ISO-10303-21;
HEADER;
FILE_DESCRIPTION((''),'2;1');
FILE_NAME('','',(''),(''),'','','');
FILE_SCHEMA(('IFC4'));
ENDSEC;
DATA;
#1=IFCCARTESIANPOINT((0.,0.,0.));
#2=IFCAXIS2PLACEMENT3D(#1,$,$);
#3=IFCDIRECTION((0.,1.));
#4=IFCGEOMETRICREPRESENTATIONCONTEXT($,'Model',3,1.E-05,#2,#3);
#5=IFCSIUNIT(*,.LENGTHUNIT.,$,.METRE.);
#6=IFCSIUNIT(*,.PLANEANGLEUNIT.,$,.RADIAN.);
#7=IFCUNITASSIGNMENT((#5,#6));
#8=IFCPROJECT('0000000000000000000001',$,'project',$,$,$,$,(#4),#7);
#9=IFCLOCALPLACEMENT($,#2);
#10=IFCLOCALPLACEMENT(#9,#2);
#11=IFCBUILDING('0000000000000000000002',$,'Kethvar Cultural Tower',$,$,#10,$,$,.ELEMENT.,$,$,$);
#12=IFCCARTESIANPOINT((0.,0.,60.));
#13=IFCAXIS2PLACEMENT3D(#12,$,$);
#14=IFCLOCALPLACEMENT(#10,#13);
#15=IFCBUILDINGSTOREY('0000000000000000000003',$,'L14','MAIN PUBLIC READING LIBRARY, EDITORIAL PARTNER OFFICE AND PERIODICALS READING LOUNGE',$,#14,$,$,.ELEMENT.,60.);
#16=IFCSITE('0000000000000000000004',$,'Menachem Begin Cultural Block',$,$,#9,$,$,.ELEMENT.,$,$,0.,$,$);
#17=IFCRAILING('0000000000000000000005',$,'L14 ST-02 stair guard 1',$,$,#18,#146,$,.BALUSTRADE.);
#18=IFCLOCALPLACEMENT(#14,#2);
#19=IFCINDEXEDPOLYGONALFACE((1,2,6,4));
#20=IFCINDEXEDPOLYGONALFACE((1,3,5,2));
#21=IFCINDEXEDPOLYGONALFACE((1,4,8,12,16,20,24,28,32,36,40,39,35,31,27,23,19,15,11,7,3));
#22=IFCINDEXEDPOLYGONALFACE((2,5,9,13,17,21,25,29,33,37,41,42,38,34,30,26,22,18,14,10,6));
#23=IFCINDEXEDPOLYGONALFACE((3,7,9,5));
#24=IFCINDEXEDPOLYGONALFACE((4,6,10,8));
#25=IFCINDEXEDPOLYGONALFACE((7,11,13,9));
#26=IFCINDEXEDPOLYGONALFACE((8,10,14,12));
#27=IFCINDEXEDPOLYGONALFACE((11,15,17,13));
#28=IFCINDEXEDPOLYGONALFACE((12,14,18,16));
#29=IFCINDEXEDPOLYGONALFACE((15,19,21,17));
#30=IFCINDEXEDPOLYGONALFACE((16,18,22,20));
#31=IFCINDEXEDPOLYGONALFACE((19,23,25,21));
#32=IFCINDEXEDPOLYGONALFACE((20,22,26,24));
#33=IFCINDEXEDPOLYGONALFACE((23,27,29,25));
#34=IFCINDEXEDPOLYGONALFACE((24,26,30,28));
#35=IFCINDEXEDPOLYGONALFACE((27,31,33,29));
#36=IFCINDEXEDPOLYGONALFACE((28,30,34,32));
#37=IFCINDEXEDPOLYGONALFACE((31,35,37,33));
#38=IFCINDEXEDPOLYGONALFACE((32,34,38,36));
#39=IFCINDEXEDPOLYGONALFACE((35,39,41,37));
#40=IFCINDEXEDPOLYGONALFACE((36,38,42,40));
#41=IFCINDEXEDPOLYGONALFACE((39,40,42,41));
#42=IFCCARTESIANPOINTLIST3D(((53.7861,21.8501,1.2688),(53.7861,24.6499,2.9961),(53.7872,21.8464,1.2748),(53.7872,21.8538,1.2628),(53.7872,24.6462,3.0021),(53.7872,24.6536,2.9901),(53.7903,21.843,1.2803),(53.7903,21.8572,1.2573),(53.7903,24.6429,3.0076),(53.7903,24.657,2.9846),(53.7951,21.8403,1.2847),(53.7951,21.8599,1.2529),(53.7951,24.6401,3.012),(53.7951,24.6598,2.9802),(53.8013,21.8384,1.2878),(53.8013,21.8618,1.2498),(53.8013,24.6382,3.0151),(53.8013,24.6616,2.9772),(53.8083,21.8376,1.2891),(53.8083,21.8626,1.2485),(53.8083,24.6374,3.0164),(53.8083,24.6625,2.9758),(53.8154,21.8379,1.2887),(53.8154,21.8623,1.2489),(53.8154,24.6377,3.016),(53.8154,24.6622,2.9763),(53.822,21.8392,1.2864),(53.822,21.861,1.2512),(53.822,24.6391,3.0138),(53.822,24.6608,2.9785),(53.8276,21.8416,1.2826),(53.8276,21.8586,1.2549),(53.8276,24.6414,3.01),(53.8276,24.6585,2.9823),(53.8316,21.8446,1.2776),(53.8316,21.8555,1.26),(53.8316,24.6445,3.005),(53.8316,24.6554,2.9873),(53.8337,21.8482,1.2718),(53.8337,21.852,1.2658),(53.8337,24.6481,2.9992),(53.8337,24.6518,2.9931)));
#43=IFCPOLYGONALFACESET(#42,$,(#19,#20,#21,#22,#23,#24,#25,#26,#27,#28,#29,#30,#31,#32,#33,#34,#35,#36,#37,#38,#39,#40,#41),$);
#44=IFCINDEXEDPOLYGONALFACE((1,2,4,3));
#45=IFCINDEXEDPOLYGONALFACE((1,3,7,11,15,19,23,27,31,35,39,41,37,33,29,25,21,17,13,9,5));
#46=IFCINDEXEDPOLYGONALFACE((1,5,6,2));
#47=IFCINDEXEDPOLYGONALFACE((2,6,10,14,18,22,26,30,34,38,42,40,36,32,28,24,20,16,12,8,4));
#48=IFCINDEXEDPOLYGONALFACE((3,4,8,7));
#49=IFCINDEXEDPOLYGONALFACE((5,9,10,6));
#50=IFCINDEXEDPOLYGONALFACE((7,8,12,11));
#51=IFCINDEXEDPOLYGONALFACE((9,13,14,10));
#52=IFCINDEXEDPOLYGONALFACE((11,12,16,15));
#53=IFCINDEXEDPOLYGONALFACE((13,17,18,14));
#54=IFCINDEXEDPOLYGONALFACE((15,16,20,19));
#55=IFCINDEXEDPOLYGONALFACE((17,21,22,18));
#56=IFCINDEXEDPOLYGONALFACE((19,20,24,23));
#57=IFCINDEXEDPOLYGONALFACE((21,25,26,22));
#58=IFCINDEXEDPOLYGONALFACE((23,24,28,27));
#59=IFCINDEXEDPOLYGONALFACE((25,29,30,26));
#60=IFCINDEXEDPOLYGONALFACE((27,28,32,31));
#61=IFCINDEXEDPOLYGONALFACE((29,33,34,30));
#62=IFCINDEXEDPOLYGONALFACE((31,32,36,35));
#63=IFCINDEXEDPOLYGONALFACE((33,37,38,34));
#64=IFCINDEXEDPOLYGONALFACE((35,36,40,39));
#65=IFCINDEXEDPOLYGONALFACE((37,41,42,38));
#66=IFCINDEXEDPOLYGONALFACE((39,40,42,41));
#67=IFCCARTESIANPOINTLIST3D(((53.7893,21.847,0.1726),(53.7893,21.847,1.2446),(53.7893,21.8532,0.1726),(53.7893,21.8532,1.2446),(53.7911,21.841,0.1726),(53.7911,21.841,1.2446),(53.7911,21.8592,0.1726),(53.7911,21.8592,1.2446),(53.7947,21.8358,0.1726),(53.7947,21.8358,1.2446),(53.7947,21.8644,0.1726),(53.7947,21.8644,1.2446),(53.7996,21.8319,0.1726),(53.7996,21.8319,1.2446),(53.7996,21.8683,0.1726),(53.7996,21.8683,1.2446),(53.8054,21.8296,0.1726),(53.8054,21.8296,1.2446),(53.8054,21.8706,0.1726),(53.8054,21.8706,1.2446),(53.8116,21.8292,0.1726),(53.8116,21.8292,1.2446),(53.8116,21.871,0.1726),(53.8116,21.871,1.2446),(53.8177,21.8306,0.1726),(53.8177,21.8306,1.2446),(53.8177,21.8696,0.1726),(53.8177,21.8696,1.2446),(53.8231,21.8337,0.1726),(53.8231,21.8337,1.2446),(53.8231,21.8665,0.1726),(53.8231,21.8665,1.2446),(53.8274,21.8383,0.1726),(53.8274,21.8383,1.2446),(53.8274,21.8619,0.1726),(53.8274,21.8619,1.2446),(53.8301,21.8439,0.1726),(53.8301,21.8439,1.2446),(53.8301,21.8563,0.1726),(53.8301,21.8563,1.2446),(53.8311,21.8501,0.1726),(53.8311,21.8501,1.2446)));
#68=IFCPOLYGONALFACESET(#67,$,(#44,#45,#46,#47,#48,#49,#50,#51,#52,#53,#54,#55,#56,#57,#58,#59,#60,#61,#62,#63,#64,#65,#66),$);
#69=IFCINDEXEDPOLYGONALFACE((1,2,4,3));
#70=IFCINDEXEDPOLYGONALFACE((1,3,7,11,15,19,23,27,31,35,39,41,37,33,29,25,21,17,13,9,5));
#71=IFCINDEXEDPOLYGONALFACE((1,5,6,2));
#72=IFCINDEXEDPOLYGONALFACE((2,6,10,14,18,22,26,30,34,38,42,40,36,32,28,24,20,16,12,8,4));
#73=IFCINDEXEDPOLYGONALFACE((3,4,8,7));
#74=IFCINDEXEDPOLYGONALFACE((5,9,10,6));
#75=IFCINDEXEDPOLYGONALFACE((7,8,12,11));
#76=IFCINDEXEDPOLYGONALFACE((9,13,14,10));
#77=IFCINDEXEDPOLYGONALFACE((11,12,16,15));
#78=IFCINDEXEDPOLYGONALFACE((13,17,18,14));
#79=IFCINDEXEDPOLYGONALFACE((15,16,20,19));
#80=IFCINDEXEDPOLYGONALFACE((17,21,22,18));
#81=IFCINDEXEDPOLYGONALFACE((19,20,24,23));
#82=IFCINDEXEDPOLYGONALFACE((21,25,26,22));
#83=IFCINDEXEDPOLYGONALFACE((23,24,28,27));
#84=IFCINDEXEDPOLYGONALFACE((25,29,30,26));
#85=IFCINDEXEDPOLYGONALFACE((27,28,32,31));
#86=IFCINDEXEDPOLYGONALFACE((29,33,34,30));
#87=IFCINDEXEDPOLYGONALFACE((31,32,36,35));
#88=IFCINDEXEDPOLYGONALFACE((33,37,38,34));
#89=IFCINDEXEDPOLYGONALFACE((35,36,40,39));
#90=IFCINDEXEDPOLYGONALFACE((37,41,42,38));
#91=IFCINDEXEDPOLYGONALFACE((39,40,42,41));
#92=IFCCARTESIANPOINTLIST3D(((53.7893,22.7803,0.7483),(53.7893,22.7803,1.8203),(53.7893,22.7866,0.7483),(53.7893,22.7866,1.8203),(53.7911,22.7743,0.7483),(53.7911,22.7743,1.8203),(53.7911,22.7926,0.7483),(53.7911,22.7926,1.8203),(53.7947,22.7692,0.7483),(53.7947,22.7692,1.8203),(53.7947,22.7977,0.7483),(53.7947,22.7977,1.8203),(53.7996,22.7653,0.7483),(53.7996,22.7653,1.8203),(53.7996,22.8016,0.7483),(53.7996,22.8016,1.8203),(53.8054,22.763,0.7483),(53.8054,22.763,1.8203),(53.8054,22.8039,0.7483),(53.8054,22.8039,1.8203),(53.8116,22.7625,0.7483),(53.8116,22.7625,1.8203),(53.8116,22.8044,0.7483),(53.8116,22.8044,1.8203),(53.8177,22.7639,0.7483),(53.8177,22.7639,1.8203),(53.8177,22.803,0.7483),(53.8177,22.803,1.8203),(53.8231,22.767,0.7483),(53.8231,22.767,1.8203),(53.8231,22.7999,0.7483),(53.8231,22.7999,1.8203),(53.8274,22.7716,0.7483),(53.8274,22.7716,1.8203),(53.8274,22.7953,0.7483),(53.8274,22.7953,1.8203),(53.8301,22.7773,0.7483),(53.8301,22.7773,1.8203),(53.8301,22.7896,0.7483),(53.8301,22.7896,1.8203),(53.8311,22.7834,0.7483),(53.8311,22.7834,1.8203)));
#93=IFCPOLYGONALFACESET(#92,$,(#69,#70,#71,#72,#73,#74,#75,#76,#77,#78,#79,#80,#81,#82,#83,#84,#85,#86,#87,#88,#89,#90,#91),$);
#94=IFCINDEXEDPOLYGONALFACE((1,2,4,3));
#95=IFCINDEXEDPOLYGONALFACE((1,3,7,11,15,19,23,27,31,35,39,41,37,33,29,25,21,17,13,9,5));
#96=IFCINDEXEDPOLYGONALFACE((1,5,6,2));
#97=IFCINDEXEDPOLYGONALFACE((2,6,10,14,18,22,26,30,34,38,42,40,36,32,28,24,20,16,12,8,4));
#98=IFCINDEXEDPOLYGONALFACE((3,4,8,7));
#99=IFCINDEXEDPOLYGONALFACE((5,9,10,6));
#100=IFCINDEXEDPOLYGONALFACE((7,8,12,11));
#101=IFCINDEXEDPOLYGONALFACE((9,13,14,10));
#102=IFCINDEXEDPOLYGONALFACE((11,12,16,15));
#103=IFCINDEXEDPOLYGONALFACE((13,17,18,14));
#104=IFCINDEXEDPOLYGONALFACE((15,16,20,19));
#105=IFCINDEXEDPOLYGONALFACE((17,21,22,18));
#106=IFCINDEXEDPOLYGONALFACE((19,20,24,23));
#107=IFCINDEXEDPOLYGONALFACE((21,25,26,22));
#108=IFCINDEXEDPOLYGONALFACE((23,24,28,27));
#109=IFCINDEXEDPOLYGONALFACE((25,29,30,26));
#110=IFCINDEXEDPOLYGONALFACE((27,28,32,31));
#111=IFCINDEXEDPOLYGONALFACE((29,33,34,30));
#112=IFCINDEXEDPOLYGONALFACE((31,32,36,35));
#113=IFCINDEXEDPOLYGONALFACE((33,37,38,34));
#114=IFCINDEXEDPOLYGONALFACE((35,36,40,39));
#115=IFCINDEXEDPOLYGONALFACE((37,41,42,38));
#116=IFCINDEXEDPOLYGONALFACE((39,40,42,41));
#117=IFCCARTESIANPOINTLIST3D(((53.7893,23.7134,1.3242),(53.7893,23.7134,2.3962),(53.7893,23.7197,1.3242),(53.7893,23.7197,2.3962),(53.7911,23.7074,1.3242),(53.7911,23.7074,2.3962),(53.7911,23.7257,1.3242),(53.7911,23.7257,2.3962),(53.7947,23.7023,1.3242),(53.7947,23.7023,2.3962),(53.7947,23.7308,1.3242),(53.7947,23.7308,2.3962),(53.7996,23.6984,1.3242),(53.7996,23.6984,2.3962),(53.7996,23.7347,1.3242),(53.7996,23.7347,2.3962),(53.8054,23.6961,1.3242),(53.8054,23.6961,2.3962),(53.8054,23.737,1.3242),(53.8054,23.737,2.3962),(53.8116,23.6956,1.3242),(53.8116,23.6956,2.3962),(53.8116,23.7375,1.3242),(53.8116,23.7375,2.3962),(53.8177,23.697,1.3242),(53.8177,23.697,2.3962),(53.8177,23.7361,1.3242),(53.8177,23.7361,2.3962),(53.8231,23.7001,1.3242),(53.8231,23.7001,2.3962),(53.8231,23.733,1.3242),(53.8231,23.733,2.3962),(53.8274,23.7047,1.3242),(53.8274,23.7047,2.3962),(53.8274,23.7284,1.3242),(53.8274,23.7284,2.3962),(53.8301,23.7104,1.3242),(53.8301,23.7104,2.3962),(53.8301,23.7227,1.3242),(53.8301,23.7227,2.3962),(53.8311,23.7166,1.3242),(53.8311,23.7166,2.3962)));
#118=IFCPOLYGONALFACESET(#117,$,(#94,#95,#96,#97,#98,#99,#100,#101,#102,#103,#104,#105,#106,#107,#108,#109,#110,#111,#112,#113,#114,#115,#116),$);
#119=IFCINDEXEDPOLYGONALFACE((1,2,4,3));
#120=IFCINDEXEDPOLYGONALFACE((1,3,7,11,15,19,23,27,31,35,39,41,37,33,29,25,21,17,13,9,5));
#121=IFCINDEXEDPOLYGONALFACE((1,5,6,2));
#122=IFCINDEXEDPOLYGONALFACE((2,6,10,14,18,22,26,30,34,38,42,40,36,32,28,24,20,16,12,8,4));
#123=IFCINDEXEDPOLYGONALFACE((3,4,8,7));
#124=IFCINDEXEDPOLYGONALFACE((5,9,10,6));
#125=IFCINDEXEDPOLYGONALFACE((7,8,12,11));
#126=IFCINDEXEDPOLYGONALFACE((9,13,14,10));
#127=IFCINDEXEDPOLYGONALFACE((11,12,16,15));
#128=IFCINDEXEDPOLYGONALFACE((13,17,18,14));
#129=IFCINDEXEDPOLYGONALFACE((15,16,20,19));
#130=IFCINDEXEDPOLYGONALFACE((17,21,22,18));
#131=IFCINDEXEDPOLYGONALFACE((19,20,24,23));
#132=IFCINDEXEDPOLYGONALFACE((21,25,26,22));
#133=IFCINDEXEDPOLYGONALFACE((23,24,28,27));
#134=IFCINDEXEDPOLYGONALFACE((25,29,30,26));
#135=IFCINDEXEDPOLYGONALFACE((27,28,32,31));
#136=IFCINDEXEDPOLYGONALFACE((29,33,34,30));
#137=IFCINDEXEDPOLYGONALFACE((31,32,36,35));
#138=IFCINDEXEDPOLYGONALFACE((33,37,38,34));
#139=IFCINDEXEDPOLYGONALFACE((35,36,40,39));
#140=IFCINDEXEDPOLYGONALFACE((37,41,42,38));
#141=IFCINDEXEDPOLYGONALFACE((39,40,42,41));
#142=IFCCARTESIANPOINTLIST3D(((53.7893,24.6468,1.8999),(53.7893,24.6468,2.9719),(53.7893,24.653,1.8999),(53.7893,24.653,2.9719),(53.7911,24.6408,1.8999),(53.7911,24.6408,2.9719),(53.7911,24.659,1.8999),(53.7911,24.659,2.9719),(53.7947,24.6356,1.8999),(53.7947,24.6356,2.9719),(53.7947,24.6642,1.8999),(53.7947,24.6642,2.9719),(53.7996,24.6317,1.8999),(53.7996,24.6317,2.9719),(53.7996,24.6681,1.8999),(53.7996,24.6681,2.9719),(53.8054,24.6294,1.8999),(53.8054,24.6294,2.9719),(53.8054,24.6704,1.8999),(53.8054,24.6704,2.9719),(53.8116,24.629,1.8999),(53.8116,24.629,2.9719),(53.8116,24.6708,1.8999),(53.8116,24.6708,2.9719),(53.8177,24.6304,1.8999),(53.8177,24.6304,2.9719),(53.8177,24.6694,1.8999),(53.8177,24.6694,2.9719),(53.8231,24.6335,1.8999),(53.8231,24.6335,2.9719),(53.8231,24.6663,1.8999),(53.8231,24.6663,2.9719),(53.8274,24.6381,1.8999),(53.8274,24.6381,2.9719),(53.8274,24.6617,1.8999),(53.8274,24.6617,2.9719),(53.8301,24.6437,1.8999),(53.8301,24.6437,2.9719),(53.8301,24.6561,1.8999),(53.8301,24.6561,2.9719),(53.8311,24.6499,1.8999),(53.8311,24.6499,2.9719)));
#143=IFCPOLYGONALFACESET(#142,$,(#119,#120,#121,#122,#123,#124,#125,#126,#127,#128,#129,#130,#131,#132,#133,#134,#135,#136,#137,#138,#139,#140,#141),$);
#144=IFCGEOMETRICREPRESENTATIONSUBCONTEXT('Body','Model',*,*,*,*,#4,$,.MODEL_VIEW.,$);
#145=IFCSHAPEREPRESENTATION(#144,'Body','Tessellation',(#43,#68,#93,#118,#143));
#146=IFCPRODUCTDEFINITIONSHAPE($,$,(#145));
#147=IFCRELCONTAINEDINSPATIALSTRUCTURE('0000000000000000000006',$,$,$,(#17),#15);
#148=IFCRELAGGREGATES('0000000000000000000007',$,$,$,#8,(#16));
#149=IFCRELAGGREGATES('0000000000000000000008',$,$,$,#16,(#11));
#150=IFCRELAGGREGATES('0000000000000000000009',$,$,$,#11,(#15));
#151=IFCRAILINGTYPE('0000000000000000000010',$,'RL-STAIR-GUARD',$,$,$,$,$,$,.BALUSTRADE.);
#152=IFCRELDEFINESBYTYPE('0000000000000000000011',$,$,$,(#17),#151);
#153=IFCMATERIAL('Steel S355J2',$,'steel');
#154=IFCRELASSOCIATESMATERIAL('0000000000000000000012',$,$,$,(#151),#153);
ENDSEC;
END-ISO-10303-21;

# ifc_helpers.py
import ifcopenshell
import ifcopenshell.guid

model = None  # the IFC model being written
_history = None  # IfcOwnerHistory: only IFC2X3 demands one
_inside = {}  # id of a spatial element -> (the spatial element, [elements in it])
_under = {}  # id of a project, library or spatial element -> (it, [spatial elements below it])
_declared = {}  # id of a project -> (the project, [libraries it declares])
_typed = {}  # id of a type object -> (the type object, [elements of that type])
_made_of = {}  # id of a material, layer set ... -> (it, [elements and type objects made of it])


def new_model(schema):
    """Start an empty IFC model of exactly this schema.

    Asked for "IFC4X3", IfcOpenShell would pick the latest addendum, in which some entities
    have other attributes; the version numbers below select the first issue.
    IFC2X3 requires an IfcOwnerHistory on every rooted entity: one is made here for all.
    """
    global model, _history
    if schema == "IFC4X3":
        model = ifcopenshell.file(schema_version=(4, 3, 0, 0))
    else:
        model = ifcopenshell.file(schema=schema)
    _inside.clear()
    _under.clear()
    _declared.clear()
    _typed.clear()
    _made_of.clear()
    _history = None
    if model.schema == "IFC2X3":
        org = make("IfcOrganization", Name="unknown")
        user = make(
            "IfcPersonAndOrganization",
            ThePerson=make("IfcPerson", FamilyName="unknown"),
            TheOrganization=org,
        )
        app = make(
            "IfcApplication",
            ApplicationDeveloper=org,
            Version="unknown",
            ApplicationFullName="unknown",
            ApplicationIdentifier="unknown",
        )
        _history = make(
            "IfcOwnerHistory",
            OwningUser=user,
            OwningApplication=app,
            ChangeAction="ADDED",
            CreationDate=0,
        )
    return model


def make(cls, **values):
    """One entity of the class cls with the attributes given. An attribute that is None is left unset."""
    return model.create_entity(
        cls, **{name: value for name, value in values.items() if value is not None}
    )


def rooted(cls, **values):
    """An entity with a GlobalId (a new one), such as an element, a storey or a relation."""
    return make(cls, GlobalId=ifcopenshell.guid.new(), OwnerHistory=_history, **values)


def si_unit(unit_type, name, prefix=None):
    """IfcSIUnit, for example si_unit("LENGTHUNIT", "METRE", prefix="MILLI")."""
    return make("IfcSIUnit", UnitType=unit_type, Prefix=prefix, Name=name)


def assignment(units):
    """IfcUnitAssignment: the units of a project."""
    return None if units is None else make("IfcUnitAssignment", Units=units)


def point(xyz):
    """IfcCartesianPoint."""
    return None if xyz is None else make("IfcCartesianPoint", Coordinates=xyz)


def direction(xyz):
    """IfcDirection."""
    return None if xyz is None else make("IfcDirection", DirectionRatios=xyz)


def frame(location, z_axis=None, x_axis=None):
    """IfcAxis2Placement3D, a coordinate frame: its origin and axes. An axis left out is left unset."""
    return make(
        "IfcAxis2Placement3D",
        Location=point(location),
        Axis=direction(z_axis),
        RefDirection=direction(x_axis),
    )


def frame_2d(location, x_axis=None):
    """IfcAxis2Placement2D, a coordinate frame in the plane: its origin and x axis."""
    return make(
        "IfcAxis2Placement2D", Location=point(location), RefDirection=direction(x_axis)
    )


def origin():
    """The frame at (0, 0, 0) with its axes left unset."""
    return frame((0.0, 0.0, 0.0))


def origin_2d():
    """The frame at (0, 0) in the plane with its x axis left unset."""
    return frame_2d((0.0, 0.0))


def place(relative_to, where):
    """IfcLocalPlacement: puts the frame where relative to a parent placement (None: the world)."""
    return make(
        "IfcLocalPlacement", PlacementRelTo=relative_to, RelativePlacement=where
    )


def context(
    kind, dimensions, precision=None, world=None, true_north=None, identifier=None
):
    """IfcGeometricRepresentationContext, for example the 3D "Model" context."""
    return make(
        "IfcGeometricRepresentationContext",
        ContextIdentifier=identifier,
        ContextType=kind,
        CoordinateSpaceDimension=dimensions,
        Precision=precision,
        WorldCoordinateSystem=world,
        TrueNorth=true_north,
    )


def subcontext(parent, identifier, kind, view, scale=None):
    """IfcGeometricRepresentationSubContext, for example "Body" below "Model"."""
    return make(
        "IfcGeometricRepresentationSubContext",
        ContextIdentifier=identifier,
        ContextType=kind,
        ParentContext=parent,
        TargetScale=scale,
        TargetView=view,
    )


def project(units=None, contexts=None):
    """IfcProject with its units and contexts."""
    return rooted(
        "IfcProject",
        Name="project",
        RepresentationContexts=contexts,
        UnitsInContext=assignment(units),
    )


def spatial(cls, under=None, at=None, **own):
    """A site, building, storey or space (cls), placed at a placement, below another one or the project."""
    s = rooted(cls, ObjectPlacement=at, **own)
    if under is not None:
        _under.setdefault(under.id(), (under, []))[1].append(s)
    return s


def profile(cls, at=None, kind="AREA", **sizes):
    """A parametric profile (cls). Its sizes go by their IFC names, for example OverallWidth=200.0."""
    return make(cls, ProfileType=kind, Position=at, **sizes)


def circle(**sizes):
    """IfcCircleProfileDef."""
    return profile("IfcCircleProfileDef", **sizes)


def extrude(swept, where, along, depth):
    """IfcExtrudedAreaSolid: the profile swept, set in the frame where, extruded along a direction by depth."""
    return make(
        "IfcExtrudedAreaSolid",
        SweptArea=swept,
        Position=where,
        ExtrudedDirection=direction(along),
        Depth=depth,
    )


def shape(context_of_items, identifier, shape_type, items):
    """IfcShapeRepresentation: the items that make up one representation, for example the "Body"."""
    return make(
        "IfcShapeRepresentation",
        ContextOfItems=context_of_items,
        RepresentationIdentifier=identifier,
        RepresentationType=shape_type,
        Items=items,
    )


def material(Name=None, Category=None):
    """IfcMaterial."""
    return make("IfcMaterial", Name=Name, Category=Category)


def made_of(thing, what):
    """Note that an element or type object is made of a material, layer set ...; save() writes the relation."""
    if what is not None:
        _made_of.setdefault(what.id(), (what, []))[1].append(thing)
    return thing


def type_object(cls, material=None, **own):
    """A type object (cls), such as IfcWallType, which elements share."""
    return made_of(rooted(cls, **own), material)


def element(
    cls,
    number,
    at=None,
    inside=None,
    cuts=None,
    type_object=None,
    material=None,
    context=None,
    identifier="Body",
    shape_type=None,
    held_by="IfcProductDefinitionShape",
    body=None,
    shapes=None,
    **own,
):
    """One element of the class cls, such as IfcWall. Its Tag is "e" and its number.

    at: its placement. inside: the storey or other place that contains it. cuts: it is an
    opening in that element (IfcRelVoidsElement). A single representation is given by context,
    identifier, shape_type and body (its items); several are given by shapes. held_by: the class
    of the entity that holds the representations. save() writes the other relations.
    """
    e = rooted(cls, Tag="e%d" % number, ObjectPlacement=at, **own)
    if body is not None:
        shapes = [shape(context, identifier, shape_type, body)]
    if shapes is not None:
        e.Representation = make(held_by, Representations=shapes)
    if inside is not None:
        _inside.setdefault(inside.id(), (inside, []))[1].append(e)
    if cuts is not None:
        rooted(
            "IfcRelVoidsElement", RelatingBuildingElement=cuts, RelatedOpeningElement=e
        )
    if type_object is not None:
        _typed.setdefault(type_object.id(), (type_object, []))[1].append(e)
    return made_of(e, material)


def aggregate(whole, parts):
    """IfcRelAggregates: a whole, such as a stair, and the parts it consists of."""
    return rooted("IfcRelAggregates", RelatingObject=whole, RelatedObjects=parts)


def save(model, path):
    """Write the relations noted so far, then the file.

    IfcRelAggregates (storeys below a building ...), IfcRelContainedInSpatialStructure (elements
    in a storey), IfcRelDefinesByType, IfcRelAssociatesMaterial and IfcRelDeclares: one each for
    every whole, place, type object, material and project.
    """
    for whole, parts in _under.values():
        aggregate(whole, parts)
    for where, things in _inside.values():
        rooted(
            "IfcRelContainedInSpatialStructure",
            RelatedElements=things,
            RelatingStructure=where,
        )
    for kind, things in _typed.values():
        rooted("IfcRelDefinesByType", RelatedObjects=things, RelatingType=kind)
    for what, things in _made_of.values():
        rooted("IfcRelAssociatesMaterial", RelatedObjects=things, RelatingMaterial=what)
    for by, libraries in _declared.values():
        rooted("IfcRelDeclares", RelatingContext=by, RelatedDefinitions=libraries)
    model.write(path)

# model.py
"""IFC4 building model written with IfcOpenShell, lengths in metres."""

from ifc_helpers import new_model, si_unit, direction, frame, origin, origin_2d, place, context, subcontext, project, spatial, circle, extrude, material, type_object, element, save


model = new_model("IFC4")

# Units and contexts
model_context = context("Model", 3, precision=1e-05, world=origin(), true_north=direction((0.0, 1.0)))
body_context = subcontext(model_context, "Body", "Model", "MODEL_VIEW")
ifc_project = project(units=[si_unit("LENGTHUNIT", "METRE"), si_unit("PLANEANGLEUNIT", "RADIAN")], contexts=[model_context])

# Site, building, storey
site_placement = place(None, origin())
site = spatial("IfcSite", under=ifc_project, at=site_placement, Name="Menachem Begin Cultural Block", CompositionType="ELEMENT", RefElevation=0.0)
building_placement = place(site_placement, origin())
building = spatial("IfcBuilding", under=site, at=building_placement, Name="Kethvar Cultural Tower", CompositionType="ELEMENT")
storey_placement = place(building_placement, frame((0.0, 0.0, 60.0)))
storey = spatial("IfcBuildingStorey", under=building, at=storey_placement, Name="L14", Description="MAIN PUBLIC READING LIBRARY, EDITORIAL PARTNER OFFICE AND PERIODICALS READING LOUNGE", CompositionType="ELEMENT", Elevation=60.0)

# Shared definitions
ifc_material_1 = material(Name="Steel S355J2", Category="steel")

# Railing
railing_type_1 = type_object("IfcRailingType", Name="RL-STAIR-GUARD", PredefinedType="BALUSTRADE", material=ifc_material_1)
railing_1_placement = place(storey_placement, frame((53.8101, 21.8501, 0.1726)))
element("IfcRailing", 1, at=railing_1_placement, inside=storey, type_object=railing_type_1, Name="L14 ST-02 stair guard 1", PredefinedType="BALUSTRADE", context=body_context, shape_type="SweptSolid", body=[
    extrude(circle(Radius=0.0239, at=origin_2d()), frame((0.0, 0.0, 1.0962), z_axis=(0.0, 0.851069, 0.525054), x_axis=(-1.0, 0.0, 0.0)), (0.0, 0.0, 1.0), 3.2898),
    extrude(circle(Radius=0.021, at=origin_2d()), origin(), (0.0, 0.0, 1.0), 1.072),
    extrude(circle(Radius=0.021, at=origin_2d()), frame((0.0, 0.9333, 0.5757)), (0.0, 0.0, 1.0), 1.072),
    extrude(circle(Radius=0.021, at=origin_2d()), frame((0.0, 1.8665, 1.1516)), (0.0, 0.0, 1.0), 1.072),
    extrude(circle(Radius=0.021, at=origin_2d()), frame((0.0, 2.7998, 1.7273)), (0.0, 0.0, 1.0), 1.072),
])

save(model, "model.ifc")
